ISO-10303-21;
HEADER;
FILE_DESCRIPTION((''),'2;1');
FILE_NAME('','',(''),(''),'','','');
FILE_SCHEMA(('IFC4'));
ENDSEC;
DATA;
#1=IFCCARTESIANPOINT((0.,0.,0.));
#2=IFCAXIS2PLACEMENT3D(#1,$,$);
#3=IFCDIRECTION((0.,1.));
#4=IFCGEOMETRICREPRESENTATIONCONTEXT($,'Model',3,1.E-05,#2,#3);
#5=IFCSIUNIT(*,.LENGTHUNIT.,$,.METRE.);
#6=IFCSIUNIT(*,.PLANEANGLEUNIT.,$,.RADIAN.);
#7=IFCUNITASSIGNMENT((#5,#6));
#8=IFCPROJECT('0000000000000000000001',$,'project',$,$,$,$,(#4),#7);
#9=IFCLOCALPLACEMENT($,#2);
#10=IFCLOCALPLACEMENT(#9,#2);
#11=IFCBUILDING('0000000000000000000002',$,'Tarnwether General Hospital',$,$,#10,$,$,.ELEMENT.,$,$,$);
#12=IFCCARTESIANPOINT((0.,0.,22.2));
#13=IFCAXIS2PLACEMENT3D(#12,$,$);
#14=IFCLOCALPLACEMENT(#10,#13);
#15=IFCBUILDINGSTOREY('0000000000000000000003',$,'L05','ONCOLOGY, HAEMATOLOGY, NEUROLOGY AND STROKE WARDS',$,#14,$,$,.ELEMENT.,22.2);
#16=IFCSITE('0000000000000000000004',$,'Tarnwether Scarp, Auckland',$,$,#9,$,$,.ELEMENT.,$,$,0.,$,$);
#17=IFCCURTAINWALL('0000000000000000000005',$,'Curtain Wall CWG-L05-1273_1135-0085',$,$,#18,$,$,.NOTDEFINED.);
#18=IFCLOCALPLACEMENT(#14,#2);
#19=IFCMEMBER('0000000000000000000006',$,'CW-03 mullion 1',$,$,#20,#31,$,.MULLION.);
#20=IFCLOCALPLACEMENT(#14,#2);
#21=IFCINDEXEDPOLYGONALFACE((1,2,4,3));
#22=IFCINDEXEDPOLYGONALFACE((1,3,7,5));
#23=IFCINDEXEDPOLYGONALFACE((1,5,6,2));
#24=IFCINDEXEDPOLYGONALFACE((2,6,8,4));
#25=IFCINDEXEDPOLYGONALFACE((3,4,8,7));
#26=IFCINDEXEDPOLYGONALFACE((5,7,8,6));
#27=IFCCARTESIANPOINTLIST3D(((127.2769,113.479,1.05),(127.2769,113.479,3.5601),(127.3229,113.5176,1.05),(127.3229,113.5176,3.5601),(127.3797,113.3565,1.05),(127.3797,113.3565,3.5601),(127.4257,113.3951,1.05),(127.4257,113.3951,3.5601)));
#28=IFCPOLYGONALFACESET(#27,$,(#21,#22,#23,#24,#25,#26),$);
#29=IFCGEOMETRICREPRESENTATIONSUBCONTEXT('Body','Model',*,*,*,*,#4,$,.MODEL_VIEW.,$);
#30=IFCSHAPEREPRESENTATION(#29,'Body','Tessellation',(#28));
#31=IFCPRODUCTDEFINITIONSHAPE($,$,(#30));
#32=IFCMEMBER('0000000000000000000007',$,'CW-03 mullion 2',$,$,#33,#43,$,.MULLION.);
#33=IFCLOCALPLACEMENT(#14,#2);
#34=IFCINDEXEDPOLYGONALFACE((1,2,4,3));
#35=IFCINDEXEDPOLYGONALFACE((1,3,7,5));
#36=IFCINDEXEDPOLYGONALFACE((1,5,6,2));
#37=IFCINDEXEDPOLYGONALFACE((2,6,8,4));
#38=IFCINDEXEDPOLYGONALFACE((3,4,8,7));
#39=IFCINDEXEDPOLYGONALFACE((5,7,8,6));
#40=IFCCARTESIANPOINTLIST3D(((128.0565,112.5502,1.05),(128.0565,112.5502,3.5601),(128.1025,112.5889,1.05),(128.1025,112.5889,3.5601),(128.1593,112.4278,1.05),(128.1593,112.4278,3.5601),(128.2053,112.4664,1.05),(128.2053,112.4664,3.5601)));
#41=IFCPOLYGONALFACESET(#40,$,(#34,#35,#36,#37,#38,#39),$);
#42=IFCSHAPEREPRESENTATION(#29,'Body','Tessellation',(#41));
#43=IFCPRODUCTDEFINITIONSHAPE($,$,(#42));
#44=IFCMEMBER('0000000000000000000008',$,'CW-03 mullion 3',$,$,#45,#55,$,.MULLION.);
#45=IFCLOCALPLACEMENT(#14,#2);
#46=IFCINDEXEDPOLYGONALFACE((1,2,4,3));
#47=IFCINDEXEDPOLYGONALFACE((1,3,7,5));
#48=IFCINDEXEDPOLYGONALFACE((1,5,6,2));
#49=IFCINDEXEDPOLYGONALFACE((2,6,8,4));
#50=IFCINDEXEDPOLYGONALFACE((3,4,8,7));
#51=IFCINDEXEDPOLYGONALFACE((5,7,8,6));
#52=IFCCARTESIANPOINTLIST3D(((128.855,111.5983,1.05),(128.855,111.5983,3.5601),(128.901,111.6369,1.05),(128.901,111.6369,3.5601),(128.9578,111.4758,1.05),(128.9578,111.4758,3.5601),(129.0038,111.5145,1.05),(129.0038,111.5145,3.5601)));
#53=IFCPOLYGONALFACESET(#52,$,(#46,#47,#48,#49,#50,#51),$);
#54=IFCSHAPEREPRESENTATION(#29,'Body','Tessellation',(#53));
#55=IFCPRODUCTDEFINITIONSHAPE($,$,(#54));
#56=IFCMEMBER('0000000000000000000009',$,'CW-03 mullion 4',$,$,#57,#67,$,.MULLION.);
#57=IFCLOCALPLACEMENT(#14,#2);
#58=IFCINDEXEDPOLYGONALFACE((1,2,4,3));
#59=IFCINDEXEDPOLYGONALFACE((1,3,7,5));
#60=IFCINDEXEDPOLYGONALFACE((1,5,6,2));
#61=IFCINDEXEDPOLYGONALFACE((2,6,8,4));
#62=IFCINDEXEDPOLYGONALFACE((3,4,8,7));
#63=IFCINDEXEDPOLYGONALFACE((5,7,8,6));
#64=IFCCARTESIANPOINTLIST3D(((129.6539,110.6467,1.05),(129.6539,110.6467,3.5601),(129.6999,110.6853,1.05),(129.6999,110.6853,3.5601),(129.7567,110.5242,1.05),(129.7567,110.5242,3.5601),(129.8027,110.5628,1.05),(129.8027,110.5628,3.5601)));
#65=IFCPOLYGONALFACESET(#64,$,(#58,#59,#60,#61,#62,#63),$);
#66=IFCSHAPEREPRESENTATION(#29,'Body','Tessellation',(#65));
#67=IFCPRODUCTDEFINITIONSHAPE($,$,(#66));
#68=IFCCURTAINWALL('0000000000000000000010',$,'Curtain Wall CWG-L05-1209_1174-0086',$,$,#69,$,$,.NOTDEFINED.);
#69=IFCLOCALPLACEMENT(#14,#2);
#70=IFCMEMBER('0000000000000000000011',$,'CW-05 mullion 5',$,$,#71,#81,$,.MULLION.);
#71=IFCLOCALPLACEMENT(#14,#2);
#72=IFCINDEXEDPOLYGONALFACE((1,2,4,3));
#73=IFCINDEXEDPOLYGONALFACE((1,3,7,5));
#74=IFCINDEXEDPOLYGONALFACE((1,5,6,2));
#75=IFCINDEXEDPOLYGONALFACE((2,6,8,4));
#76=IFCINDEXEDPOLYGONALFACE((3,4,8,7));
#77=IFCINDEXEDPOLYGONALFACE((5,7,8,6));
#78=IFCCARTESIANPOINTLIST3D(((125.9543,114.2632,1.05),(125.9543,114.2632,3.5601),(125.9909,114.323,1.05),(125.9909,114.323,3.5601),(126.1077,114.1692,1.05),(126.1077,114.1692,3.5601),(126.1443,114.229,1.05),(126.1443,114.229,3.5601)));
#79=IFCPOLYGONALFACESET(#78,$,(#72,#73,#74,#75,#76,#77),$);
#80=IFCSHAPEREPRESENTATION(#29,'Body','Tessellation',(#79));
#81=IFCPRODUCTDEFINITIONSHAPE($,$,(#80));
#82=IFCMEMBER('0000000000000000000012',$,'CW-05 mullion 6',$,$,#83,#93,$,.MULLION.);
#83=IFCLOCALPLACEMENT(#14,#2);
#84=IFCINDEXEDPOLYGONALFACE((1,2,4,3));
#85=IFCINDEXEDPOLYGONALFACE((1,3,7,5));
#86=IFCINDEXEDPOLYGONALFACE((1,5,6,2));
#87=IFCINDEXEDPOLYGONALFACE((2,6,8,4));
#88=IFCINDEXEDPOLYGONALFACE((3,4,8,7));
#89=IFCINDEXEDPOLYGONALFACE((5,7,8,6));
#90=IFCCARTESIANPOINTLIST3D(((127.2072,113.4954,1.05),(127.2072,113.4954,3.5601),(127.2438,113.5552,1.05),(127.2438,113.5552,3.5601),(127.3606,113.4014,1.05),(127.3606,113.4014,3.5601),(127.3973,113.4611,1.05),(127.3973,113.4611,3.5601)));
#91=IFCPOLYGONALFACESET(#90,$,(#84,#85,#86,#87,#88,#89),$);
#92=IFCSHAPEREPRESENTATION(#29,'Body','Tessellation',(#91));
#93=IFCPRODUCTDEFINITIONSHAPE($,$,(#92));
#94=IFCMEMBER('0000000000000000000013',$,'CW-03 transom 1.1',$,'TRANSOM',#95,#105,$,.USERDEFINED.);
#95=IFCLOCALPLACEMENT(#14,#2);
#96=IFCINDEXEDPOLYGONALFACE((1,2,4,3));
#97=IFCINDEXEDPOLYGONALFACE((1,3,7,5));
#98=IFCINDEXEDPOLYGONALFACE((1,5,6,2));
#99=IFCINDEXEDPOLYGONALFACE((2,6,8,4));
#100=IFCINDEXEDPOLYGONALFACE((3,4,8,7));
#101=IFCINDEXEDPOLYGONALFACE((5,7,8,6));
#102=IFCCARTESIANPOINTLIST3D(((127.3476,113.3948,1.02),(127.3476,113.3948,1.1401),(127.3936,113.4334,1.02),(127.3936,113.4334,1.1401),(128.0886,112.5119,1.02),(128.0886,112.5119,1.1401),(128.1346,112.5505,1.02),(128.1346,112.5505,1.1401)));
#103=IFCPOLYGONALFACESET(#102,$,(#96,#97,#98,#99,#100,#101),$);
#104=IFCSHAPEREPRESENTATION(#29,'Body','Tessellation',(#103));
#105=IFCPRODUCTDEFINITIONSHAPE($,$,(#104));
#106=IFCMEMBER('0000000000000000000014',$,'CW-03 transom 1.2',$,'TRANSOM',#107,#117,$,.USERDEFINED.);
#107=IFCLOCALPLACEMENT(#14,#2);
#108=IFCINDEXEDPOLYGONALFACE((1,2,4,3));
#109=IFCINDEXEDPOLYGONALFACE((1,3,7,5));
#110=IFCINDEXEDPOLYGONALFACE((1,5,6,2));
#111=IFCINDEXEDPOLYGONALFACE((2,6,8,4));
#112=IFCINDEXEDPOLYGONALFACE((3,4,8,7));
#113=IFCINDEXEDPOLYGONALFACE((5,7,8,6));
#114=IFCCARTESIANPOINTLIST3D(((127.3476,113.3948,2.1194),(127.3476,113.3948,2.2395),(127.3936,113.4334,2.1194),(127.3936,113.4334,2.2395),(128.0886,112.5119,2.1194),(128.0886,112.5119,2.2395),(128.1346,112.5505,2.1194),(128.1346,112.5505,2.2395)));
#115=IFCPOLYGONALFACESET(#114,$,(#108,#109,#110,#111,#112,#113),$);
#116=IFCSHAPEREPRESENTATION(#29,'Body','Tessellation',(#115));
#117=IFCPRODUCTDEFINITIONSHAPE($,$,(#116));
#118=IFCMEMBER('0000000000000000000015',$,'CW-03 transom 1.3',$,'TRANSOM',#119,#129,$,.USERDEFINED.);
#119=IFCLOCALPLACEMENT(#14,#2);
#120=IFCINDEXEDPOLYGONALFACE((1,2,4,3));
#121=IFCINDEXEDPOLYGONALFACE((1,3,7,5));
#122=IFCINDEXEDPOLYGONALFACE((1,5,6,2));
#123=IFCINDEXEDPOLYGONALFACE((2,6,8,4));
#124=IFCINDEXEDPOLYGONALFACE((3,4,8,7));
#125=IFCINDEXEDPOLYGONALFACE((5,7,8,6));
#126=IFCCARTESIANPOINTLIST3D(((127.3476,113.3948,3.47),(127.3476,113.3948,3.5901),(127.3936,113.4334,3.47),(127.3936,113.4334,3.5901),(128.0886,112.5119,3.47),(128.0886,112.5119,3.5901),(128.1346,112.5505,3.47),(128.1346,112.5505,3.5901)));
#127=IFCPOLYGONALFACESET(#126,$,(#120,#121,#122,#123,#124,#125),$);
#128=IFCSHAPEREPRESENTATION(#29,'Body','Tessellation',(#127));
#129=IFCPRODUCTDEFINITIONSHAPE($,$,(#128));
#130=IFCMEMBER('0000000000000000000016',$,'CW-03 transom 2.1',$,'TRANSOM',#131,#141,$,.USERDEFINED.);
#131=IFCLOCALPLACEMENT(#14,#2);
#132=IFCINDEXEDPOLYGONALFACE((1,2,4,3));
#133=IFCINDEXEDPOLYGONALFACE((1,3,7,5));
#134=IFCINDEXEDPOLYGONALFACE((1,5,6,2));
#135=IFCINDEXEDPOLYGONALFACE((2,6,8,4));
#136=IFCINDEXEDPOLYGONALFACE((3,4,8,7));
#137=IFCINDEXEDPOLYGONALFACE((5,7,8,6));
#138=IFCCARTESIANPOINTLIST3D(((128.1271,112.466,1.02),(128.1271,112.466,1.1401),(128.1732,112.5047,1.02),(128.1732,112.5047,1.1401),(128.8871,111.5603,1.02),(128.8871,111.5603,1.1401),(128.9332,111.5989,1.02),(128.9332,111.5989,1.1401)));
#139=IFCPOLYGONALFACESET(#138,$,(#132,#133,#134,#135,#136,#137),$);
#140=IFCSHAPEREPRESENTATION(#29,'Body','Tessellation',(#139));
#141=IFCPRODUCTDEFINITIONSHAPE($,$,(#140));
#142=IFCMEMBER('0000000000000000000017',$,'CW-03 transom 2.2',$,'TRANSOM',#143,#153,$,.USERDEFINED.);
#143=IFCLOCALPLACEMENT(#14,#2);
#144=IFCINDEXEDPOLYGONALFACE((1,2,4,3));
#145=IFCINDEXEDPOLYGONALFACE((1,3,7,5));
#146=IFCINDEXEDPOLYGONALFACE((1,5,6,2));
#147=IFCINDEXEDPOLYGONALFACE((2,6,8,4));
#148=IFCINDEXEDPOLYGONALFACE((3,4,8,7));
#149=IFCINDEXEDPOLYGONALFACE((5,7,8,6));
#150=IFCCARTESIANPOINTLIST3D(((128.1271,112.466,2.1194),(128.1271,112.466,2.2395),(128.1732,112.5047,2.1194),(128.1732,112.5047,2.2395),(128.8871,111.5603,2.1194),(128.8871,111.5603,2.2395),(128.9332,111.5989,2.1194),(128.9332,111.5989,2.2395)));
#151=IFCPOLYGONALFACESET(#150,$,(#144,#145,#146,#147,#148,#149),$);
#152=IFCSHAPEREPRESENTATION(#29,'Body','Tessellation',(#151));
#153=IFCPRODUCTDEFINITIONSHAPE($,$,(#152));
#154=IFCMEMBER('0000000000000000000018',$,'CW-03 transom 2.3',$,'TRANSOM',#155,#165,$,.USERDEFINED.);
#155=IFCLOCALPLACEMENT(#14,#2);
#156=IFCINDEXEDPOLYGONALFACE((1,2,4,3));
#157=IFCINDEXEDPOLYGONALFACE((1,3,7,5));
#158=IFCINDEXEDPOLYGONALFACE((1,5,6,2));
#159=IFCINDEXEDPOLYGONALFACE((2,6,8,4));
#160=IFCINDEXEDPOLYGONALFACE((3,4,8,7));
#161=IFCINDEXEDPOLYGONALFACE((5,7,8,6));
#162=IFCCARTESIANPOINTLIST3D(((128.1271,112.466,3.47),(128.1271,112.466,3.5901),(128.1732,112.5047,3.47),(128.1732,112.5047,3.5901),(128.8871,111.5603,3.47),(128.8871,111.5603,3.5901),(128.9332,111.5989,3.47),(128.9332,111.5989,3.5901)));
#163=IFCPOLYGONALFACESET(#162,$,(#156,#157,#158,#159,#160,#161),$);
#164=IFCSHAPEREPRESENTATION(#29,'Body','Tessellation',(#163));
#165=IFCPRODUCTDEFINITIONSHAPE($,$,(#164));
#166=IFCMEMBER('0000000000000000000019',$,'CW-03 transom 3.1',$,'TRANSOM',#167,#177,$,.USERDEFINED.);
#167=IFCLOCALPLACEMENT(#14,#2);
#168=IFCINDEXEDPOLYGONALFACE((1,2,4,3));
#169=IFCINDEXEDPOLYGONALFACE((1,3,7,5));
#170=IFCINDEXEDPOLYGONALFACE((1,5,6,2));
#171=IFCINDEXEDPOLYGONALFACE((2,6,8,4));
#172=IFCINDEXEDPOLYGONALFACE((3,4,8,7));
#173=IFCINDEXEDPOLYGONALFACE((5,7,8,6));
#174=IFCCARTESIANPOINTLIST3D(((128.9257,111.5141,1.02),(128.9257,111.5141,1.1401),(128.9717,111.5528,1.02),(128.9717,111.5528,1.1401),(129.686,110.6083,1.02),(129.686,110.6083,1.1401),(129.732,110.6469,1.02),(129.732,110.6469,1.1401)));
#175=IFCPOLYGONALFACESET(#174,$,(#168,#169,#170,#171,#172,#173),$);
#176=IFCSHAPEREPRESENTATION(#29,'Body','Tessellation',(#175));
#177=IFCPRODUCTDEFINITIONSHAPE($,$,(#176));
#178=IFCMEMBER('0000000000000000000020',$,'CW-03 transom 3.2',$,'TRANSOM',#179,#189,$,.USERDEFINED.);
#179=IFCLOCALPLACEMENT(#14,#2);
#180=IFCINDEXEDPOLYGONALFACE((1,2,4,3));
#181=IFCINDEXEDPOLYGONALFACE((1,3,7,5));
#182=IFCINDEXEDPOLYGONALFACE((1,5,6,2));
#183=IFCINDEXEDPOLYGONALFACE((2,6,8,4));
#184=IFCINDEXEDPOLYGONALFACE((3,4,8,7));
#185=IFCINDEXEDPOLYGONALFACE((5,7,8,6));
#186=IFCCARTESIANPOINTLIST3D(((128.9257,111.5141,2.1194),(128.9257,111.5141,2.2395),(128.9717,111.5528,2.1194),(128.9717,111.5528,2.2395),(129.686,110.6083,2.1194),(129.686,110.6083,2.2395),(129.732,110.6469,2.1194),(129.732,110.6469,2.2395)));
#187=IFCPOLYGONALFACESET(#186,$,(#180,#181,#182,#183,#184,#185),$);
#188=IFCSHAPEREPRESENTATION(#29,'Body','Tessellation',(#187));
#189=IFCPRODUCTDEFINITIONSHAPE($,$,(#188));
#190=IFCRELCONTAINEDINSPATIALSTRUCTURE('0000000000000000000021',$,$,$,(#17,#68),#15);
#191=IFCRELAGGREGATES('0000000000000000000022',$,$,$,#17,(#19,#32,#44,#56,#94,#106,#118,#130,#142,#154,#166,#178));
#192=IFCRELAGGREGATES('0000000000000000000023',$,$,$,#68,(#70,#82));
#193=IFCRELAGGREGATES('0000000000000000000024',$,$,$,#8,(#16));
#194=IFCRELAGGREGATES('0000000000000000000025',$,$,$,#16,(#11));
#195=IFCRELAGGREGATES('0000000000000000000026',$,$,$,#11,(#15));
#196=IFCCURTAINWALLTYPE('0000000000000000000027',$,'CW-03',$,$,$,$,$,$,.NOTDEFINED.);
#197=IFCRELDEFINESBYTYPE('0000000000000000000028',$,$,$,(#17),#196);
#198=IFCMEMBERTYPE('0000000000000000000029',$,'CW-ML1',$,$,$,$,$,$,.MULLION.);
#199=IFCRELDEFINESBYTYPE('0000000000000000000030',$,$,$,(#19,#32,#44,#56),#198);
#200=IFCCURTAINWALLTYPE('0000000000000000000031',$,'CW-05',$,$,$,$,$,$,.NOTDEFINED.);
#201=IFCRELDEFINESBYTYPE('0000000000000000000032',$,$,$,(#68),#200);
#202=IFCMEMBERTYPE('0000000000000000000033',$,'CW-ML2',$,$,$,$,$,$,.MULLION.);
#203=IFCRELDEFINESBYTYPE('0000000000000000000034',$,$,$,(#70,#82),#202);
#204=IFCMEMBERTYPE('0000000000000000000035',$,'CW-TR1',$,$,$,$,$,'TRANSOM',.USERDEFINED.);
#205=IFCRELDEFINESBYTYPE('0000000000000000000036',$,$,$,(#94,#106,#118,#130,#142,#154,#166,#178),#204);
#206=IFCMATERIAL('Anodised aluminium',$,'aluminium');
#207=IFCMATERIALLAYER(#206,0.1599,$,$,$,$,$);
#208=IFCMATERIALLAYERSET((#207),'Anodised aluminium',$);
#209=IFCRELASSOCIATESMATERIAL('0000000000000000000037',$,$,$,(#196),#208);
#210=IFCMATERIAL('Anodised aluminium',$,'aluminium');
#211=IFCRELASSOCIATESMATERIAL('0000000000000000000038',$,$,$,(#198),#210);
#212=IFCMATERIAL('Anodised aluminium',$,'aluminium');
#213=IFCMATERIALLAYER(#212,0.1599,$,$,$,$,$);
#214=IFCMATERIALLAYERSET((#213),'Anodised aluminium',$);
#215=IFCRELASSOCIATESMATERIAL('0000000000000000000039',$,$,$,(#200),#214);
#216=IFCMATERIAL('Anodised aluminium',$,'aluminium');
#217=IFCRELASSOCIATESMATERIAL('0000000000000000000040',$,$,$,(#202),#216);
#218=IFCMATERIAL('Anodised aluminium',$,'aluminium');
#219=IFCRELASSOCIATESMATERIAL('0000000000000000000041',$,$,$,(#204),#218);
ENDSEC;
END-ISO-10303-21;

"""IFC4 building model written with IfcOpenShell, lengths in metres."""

from ifc_helpers import new_model, si_unit, direction, frame, origin, origin_2d, place, context, subcontext, project, spatial, rectangle, extrude, material, layer, layer_set, material_profile, profile_set, type_object, element, aggregate, save


model = new_model("IFC4")

# Units and contexts
model_context = context("Model", 3, precision=1e-05, world=origin(), true_north=direction((0.0, 1.0)))
body_context = subcontext(model_context, "Body", "Model", "MODEL_VIEW")
ifc_project = project(units=[si_unit("LENGTHUNIT", "METRE"), si_unit("PLANEANGLEUNIT", "RADIAN")], contexts=[model_context])

# Site, building, storey
site_placement = place(None, origin())
site = spatial("IfcSite", under=ifc_project, at=site_placement, Name="Tarnwether Scarp, Auckland", CompositionType="ELEMENT", RefElevation=0.0)
building_placement = place(site_placement, origin())
building = spatial("IfcBuilding", under=site, at=building_placement, Name="Tarnwether General Hospital", CompositionType="ELEMENT")
storey_placement = place(building_placement, frame((0.0, 0.0, 22.2)))
storey = spatial("IfcBuildingStorey", under=building, at=storey_placement, Name="L05", Description="ONCOLOGY, HAEMATOLOGY, NEUROLOGY AND STROKE WARDS", CompositionType="ELEMENT", Elevation=22.2)

# Curtain walls, members
ifc_material_1 = material(Name="Anodised aluminium", Category="aluminium")
ifc_layer_1 = layer(ifc_material_1, 0.1599)
ifc_layer_set_1 = layer_set([ifc_layer_1], Name="Anodised aluminium")
curtain_wall_type_1 = type_object("IfcCurtainWallType", Name="CW-03", PredefinedType="NOTDEFINED", material=ifc_layer_set_1)
curtain_wall_1_placement = place(storey_placement, origin())
curtain_wall_1 = element("IfcCurtainWall", 1, at=curtain_wall_1_placement, inside=storey, type_object=curtain_wall_type_1, Name="Curtain Wall CWG-L05-1273_1135-0085", PredefinedType="NOTDEFINED")
ifc_material_2 = material(Name="Anodised aluminium", Category="aluminium")
ifc_material_profile_1 = material_profile(ifc_material_2, rectangle(XDim=0.0601, YDim=0.1599, at=origin_2d()), Name="ALU-MUL-60x160")
ifc_profile_set_1 = profile_set([ifc_material_profile_1], Name="Anodised aluminium")
member_type_1 = type_object("IfcMemberType", Name="CW-ML1", PredefinedType="MULLION", material=ifc_profile_set_1)
member_1_placement = place(storey_placement, frame((127.3513, 113.437, 1.05), z_axis=(0.0, 0.0, 1.0), x_axis=(0.76599, 0.642852, 0.0)))
member_1 = element("IfcMember", 2, at=member_1_placement, type_object=member_type_1, Name="CW-03 mullion 1", PredefinedType="MULLION", context=body_context, shape_type="SweptSolid", body=[
    extrude(rectangle(XDim=0.0601, YDim=0.1599, at=origin_2d()), origin(), (0.0, 0.0, 1.0), 2.51),
])
member_2_placement = place(storey_placement, frame((128.1309, 112.5083, 1.05), z_axis=(0.0, 0.0, 1.0), x_axis=(0.76599, 0.642852, 0.0)))
member_2 = element("IfcMember", 3, at=member_2_placement, type_object=member_type_1, Name="CW-03 mullion 2", PredefinedType="MULLION", context=body_context, shape_type="SweptSolid", body=[
    extrude(rectangle(XDim=0.0601, YDim=0.1599, at=origin_2d()), origin(), (0.0, 0.0, 1.0), 2.51),
])
member_3_placement = place(storey_placement, frame((128.9294, 111.5564, 1.05), z_axis=(0.0, 0.0, 1.0), x_axis=(0.76599, 0.642852, 0.0)))
member_3 = element("IfcMember", 4, at=member_3_placement, type_object=member_type_1, Name="CW-03 mullion 3", PredefinedType="MULLION", context=body_context, shape_type="SweptSolid", body=[
    extrude(rectangle(XDim=0.0601, YDim=0.1599, at=origin_2d()), origin(), (0.0, 0.0, 1.0), 2.51),
])
member_4_placement = place(storey_placement, frame((129.7283, 110.6047, 1.05), z_axis=(0.0, 0.0, 1.0), x_axis=(0.76599, 0.642852, 0.0)))
member_4 = element("IfcMember", 5, at=member_4_placement, type_object=member_type_1, Name="CW-03 mullion 4", PredefinedType="MULLION", context=body_context, shape_type="SweptSolid", body=[
    extrude(rectangle(XDim=0.0601, YDim=0.1599, at=origin_2d()), origin(), (0.0, 0.0, 1.0), 2.51),
])
ifc_material_3 = material(Name="Anodised aluminium", Category="aluminium")
ifc_layer_2 = layer(ifc_material_3, 0.1599)
ifc_layer_set_2 = layer_set([ifc_layer_2], Name="Anodised aluminium")
curtain_wall_type_2 = type_object("IfcCurtainWallType", Name="CW-05", PredefinedType="NOTDEFINED", material=ifc_layer_set_2)
curtain_wall_2_placement = place(storey_placement, origin())
curtain_wall_2 = element("IfcCurtainWall", 6, at=curtain_wall_2_placement, inside=storey, type_object=curtain_wall_type_2, Name="Curtain Wall CWG-L05-1209_1174-0086", PredefinedType="NOTDEFINED")
ifc_material_4 = material(Name="Anodised aluminium", Category="aluminium")
ifc_material_profile_2 = material_profile(ifc_material_4, rectangle(XDim=0.0701, YDim=0.1799, at=origin_2d()), Name="ALU-MUL-70x180")
ifc_profile_set_2 = profile_set([ifc_material_profile_2], Name="Anodised aluminium")
member_type_2 = type_object("IfcMemberType", Name="CW-ML2", PredefinedType="MULLION", material=ifc_profile_set_2)
member_5_placement = place(storey_placement, frame((126.0493, 114.2461, 1.05), z_axis=(0.0, 0.0, 1.0), x_axis=(0.522509, 0.852634, 0.0)))
member_5 = element("IfcMember", 7, at=member_5_placement, type_object=member_type_2, Name="CW-05 mullion 5", PredefinedType="MULLION", context=body_context, shape_type="SweptSolid", body=[
    extrude(rectangle(XDim=0.0701, YDim=0.1799, at=origin_2d()), origin(), (0.0, 0.0, 1.0), 2.51),
])
member_6_placement = place(storey_placement, frame((127.3022, 113.4783, 1.05), z_axis=(0.0, 0.0, 1.0), x_axis=(0.522509, 0.852634, 0.0)))
member_6 = element("IfcMember", 8, at=member_6_placement, type_object=member_type_2, Name="CW-05 mullion 6", PredefinedType="MULLION", context=body_context, shape_type="SweptSolid", body=[
    extrude(rectangle(XDim=0.0701, YDim=0.1799, at=origin_2d()), origin(), (0.0, 0.0, 1.0), 2.51),
])

# Members
ifc_material_5 = material(Name="Anodised aluminium", Category="aluminium")
ifc_material_profile_3 = material_profile(ifc_material_5, rectangle(XDim=0.0601, YDim=0.1201, at=origin_2d()), Name="ALU-TRN-60x120")
ifc_profile_set_3 = profile_set([ifc_material_profile_3], Name="Anodised aluminium")
member_type_3 = type_object("IfcMemberType", Name="CW-TR1", ElementType="TRANSOM", PredefinedType="USERDEFINED", material=ifc_profile_set_3)
member_7_placement = place(storey_placement, frame((127.3706, 113.4141, 1.0801), z_axis=(0.642889, -0.765959, 0.0), x_axis=(0.765959, 0.642889, 0.0)))
member_7 = element("IfcMember", 9, at=member_7_placement, type_object=member_type_3, Name="CW-03 transom 1.1", ObjectType="TRANSOM", PredefinedType="USERDEFINED", context=body_context, shape_type="SweptSolid", body=[
    extrude(rectangle(XDim=0.0601, YDim=0.1201, at=origin_2d()), origin(), (0.0, 0.0, 1.0), 1.1526),
])
member_8_placement = place(storey_placement, frame((127.3706, 113.4141, 2.1794), z_axis=(0.642889, -0.765959, 0.0), x_axis=(0.765959, 0.642889, 0.0)))
member_8 = element("IfcMember", 10, at=member_8_placement, type_object=member_type_3, Name="CW-03 transom 1.2", ObjectType="TRANSOM", PredefinedType="USERDEFINED", context=body_context, shape_type="SweptSolid", body=[
    extrude(rectangle(XDim=0.0601, YDim=0.1201, at=origin_2d()), origin(), (0.0, 0.0, 1.0), 1.1526),
])
member_9_placement = place(storey_placement, frame((127.3706, 113.4141, 3.53), z_axis=(0.642889, -0.765959, 0.0), x_axis=(0.765959, 0.642889, 0.0)))
member_9 = element("IfcMember", 11, at=member_9_placement, type_object=member_type_3, Name="CW-03 transom 1.3", ObjectType="TRANSOM", PredefinedType="USERDEFINED", context=body_context, shape_type="SweptSolid", body=[
    extrude(rectangle(XDim=0.0601, YDim=0.1201, at=origin_2d()), origin(), (0.0, 0.0, 1.0), 1.1526),
])
member_10_placement = place(storey_placement, frame((128.1501, 112.4854, 1.0801), z_axis=(0.64278, -0.766051, 0.0), x_axis=(0.766051, 0.64278, 0.0)))
member_10 = element("IfcMember", 12, at=member_10_placement, type_object=member_type_3, Name="CW-03 transom 2.1", ObjectType="TRANSOM", PredefinedType="USERDEFINED", context=body_context, shape_type="SweptSolid", body=[
    extrude(rectangle(XDim=0.0601, YDim=0.1201, at=origin_2d()), origin(), (0.0, 0.0, 1.0), 1.1824),
])
member_11_placement = place(storey_placement, frame((128.1501, 112.4854, 2.1794), z_axis=(0.64278, -0.766051, 0.0), x_axis=(0.766051, 0.64278, 0.0)))
member_11 = element("IfcMember", 13, at=member_11_placement, type_object=member_type_3, Name="CW-03 transom 2.2", ObjectType="TRANSOM", PredefinedType="USERDEFINED", context=body_context, shape_type="SweptSolid", body=[
    extrude(rectangle(XDim=0.0601, YDim=0.1201, at=origin_2d()), origin(), (0.0, 0.0, 1.0), 1.1824),
])
member_12_placement = place(storey_placement, frame((128.1501, 112.4854, 3.53), z_axis=(0.64278, -0.766051, 0.0), x_axis=(0.766051, 0.64278, 0.0)))
member_12 = element("IfcMember", 14, at=member_12_placement, type_object=member_type_3, Name="CW-03 transom 2.3", ObjectType="TRANSOM", PredefinedType="USERDEFINED", context=body_context, shape_type="SweptSolid", body=[
    extrude(rectangle(XDim=0.0601, YDim=0.1201, at=origin_2d()), origin(), (0.0, 0.0, 1.0), 1.1824),
])
member_13_placement = place(storey_placement, frame((128.9487, 111.5334, 1.0801), z_axis=(0.642902, -0.765949, 0.0), x_axis=(0.765949, 0.642902, 0.0)))
member_13 = element("IfcMember", 15, at=member_13_placement, type_object=member_type_3, Name="CW-03 transom 3.1", ObjectType="TRANSOM", PredefinedType="USERDEFINED", context=body_context, shape_type="SweptSolid", body=[
    extrude(rectangle(XDim=0.0601, YDim=0.1201, at=origin_2d()), origin(), (0.0, 0.0, 1.0), 1.1826),
])
member_14_placement = place(storey_placement, frame((128.9487, 111.5334, 2.1794), z_axis=(0.642902, -0.765949, 0.0), x_axis=(0.765949, 0.642902, 0.0)))
member_14 = element("IfcMember", 16, at=member_14_placement, type_object=member_type_3, Name="CW-03 transom 3.2", ObjectType="TRANSOM", PredefinedType="USERDEFINED", context=body_context, shape_type="SweptSolid", body=[
    extrude(rectangle(XDim=0.0601, YDim=0.1201, at=origin_2d()), origin(), (0.0, 0.0, 1.0), 1.1826),
])

aggregate(curtain_wall_1, [member_1, member_2, member_3, member_4, member_7, member_8, member_9, member_10, member_11, member_12, member_13, member_14])
aggregate(curtain_wall_2, [member_5, member_6])

save(model, "model.ifc")
